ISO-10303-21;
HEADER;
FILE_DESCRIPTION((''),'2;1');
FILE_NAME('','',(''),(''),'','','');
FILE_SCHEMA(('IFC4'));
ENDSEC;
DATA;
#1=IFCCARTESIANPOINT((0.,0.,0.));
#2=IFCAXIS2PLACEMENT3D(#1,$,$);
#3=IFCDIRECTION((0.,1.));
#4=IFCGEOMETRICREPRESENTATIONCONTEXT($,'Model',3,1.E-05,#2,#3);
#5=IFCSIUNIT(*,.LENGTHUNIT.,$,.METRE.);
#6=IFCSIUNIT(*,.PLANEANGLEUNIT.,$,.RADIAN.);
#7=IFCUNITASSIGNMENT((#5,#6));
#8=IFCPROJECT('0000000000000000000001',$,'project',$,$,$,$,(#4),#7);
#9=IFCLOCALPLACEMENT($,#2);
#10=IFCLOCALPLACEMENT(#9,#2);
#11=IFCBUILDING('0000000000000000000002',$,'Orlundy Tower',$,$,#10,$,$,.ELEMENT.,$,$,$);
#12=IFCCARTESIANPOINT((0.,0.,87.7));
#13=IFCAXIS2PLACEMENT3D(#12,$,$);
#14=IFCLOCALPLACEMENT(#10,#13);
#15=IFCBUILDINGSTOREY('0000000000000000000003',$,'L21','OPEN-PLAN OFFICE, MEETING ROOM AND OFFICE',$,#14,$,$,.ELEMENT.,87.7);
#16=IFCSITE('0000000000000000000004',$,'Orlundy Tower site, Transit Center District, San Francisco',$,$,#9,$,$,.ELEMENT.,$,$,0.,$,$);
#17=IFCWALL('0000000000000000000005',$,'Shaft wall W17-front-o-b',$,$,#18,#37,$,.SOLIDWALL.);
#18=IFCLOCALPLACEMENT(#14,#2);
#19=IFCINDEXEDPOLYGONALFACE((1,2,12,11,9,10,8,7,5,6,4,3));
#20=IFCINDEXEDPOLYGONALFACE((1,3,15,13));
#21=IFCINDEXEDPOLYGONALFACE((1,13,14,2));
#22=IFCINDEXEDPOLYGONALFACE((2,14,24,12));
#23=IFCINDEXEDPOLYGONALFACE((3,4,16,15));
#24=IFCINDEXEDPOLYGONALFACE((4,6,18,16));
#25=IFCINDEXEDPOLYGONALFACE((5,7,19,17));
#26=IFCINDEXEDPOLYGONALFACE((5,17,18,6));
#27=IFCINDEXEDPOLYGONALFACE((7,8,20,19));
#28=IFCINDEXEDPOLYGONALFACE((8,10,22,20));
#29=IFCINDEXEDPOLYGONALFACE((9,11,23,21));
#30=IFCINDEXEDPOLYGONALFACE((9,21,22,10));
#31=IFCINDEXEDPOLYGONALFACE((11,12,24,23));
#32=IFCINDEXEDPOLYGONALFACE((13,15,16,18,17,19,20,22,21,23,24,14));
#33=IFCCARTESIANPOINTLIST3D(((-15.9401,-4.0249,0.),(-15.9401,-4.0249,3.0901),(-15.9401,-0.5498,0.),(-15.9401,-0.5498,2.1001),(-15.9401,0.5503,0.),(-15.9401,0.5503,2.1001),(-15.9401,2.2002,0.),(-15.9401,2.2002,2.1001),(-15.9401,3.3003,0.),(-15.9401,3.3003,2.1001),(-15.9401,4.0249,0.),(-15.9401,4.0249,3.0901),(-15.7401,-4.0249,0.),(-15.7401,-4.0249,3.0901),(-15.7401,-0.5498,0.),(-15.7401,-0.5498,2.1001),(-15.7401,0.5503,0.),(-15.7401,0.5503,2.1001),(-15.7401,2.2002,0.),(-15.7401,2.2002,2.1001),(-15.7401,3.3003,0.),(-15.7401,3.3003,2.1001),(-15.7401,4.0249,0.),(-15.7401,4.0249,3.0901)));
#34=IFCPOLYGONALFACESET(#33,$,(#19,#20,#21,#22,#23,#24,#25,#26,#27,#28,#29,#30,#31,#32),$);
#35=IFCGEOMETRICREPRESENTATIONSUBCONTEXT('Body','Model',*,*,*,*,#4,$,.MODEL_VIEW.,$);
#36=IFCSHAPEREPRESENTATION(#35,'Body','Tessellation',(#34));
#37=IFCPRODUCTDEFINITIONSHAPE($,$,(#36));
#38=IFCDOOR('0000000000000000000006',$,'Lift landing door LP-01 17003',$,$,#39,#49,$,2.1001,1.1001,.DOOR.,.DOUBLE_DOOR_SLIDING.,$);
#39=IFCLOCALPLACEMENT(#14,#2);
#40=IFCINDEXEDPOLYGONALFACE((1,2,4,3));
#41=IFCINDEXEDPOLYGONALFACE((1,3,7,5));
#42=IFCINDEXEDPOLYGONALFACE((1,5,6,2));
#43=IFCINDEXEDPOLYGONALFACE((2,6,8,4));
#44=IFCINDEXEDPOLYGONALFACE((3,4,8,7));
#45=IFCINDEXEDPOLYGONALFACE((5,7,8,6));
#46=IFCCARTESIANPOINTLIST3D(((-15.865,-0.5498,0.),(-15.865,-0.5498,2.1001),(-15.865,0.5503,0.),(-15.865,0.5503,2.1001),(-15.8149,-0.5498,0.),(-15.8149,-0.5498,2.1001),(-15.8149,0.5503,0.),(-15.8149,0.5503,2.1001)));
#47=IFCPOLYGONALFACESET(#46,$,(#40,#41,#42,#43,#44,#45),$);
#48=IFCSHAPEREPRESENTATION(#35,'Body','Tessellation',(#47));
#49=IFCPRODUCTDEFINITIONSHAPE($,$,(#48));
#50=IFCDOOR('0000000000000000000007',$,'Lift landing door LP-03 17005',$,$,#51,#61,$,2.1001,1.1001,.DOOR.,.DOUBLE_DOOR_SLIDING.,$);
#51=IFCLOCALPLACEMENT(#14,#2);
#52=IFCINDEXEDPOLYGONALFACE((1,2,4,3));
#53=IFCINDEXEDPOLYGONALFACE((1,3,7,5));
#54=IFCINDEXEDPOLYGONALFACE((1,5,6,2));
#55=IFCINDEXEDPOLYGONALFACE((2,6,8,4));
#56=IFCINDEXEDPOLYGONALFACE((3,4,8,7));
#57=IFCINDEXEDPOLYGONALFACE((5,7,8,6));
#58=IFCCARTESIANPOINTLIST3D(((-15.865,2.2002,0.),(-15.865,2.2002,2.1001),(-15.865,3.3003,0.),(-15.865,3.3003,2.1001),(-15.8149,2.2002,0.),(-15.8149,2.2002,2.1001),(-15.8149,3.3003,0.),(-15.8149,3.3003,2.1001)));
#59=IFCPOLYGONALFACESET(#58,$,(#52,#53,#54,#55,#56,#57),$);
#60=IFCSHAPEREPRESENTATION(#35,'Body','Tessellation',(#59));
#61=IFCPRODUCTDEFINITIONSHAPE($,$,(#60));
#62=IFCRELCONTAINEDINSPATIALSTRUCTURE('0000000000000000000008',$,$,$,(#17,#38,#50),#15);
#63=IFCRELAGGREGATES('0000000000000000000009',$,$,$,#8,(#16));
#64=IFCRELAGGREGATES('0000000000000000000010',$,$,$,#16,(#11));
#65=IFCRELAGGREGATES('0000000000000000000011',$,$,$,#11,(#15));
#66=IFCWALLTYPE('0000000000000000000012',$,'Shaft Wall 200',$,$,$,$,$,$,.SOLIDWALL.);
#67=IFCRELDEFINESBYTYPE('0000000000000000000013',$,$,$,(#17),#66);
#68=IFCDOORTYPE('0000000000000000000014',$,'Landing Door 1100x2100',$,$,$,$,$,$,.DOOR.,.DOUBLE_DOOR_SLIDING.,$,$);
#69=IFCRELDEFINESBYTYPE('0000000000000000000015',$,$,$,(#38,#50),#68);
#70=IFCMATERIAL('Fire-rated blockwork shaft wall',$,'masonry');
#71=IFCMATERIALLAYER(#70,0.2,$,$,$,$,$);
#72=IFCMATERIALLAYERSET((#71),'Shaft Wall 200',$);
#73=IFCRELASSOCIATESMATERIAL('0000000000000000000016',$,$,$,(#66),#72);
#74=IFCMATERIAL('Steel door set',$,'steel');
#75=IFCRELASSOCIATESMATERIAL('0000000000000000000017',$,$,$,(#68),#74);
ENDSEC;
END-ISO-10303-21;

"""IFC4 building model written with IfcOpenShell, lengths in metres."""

from ifc_helpers import new_model, si_unit, direction, frame, frame_2d, origin, place, context, subcontext, project, spatial, rectangle, extrude, material, layer, layer_set, type_object, element, fill, save


model = new_model("IFC4")

# Units and contexts
model_context = context("Model", 3, precision=1e-05, world=origin(), true_north=direction((0.0, 1.0)))
body_context = subcontext(model_context, "Body", "Model", "MODEL_VIEW")
ifc_project = project(units=[si_unit("LENGTHUNIT", "METRE"), si_unit("PLANEANGLEUNIT", "RADIAN")], contexts=[model_context])

# Site, building, storey
site_placement = place(None, origin())
site = spatial("IfcSite", under=ifc_project, at=site_placement, Name="Orlundy Tower site, Transit Center District, San Francisco", CompositionType="ELEMENT", RefElevation=0.0)
building_placement = place(site_placement, origin())
building = spatial("IfcBuilding", under=site, at=building_placement, Name="Orlundy Tower", CompositionType="ELEMENT")
storey_placement = place(building_placement, frame((0.0, 0.0, 87.7)))
storey = spatial("IfcBuildingStorey", under=building, at=storey_placement, Name="L21", Description="OPEN-PLAN OFFICE, MEETING ROOM AND OFFICE", CompositionType="ELEMENT", Elevation=87.7)

# Shared definitions
ifc_material_1 = material(Name="Fire-rated blockwork shaft wall", Category="masonry")
ifc_layer_1 = layer(ifc_material_1, 0.2)
ifc_layer_set_1 = layer_set([ifc_layer_1], Name="Shaft Wall 200")
wall_type_1 = type_object("IfcWallType", Name="Shaft Wall 200", PredefinedType="SOLIDWALL", material=ifc_layer_set_1)

# Shared definitions
ifc_material_2 = material(Name="Steel door set", Category="steel")
door_type_1 = type_object("IfcDoorType", Name="Landing Door 1100x2100", OperationType="DOUBLE_DOOR_SLIDING", PredefinedType="DOOR", material=ifc_material_2)

# Wall, openings, doors
wall_1_placement = place(storey_placement, frame((-15.8401, -4.0249, 0.0), z_axis=(0.0, 0.0, 1.0), x_axis=(0.0, 1.0, 0.0)))
wall_1 = element("IfcWall", 1, at=wall_1_placement, inside=storey, type_object=wall_type_1, Name="Shaft wall W17-front-o-b", PredefinedType="SOLIDWALL", context=body_context, shape_type="SweptSolid", body=[
    extrude(rectangle(XDim=8.0498, YDim=0.2, at=frame_2d((4.0249, 0.0))), origin(), (0.0, 0.0, 1.0), 3.0901),
])
opening_1_placement = place(wall_1_placement, frame((3.4751, 0.0, 0.0)))
opening_1 = element("IfcOpeningElement", 2, at=opening_1_placement, cuts=wall_1, PredefinedType="OPENING", context=body_context, shape_type="SweptSolid", body=[
    extrude(rectangle(XDim=1.1001, YDim=2.1001, at=frame_2d((0.55, 1.05))), frame((0.0, 0.1101, 0.0), z_axis=(0.0, -1.0, 0.0), x_axis=(1.0, 0.0, 0.0)), (0.0, 0.0, 1.0), 0.2202),
])
opening_2_placement = place(wall_1_placement, frame((6.2251, 0.0, 0.0)))
opening_2 = element("IfcOpeningElement", 3, at=opening_2_placement, cuts=wall_1, PredefinedType="OPENING", context=body_context, shape_type="SweptSolid", body=[
    extrude(rectangle(XDim=1.1001, YDim=2.1001, at=frame_2d((0.55, 1.05))), frame((0.0, 0.1101, 0.0), z_axis=(0.0, -1.0, 0.0), x_axis=(1.0, 0.0, 0.0)), (0.0, 0.0, 1.0), 0.2202),
])
door_1_placement = place(opening_1_placement, origin())
door_1 = element("IfcDoor", 4, at=door_1_placement, inside=storey, type_object=door_type_1, Name="Lift landing door LP-01 17003", OperationType="DOUBLE_DOOR_SLIDING", OverallHeight=2.1001, OverallWidth=1.1001, PredefinedType="DOOR", context=body_context, shape_type="SweptSolid", body=[
    extrude(rectangle(XDim=1.1001, YDim=2.1001, at=frame_2d((0.55, 1.05))), frame((0.0, 0.0249, 0.0), z_axis=(0.0, -1.0, 0.0), x_axis=(1.0, 0.0, 0.0)), (0.0, 0.0, 1.0), 0.05),
])
fill(opening_1, door_1)
door_2_placement = place(opening_2_placement, origin())
door_2 = element("IfcDoor", 5, at=door_2_placement, inside=storey, type_object=door_type_1, Name="Lift landing door LP-03 17005", OperationType="DOUBLE_DOOR_SLIDING", OverallHeight=2.1001, OverallWidth=1.1001, PredefinedType="DOOR", context=body_context, shape_type="SweptSolid", body=[
    extrude(rectangle(XDim=1.1001, YDim=2.1001, at=frame_2d((0.55, 1.05))), frame((0.0, 0.0249, 0.0), z_axis=(0.0, -1.0, 0.0), x_axis=(1.0, 0.0, 0.0)), (0.0, 0.0, 1.0), 0.05),
])
fill(opening_2, door_2)

save(model, "model.ifc")
